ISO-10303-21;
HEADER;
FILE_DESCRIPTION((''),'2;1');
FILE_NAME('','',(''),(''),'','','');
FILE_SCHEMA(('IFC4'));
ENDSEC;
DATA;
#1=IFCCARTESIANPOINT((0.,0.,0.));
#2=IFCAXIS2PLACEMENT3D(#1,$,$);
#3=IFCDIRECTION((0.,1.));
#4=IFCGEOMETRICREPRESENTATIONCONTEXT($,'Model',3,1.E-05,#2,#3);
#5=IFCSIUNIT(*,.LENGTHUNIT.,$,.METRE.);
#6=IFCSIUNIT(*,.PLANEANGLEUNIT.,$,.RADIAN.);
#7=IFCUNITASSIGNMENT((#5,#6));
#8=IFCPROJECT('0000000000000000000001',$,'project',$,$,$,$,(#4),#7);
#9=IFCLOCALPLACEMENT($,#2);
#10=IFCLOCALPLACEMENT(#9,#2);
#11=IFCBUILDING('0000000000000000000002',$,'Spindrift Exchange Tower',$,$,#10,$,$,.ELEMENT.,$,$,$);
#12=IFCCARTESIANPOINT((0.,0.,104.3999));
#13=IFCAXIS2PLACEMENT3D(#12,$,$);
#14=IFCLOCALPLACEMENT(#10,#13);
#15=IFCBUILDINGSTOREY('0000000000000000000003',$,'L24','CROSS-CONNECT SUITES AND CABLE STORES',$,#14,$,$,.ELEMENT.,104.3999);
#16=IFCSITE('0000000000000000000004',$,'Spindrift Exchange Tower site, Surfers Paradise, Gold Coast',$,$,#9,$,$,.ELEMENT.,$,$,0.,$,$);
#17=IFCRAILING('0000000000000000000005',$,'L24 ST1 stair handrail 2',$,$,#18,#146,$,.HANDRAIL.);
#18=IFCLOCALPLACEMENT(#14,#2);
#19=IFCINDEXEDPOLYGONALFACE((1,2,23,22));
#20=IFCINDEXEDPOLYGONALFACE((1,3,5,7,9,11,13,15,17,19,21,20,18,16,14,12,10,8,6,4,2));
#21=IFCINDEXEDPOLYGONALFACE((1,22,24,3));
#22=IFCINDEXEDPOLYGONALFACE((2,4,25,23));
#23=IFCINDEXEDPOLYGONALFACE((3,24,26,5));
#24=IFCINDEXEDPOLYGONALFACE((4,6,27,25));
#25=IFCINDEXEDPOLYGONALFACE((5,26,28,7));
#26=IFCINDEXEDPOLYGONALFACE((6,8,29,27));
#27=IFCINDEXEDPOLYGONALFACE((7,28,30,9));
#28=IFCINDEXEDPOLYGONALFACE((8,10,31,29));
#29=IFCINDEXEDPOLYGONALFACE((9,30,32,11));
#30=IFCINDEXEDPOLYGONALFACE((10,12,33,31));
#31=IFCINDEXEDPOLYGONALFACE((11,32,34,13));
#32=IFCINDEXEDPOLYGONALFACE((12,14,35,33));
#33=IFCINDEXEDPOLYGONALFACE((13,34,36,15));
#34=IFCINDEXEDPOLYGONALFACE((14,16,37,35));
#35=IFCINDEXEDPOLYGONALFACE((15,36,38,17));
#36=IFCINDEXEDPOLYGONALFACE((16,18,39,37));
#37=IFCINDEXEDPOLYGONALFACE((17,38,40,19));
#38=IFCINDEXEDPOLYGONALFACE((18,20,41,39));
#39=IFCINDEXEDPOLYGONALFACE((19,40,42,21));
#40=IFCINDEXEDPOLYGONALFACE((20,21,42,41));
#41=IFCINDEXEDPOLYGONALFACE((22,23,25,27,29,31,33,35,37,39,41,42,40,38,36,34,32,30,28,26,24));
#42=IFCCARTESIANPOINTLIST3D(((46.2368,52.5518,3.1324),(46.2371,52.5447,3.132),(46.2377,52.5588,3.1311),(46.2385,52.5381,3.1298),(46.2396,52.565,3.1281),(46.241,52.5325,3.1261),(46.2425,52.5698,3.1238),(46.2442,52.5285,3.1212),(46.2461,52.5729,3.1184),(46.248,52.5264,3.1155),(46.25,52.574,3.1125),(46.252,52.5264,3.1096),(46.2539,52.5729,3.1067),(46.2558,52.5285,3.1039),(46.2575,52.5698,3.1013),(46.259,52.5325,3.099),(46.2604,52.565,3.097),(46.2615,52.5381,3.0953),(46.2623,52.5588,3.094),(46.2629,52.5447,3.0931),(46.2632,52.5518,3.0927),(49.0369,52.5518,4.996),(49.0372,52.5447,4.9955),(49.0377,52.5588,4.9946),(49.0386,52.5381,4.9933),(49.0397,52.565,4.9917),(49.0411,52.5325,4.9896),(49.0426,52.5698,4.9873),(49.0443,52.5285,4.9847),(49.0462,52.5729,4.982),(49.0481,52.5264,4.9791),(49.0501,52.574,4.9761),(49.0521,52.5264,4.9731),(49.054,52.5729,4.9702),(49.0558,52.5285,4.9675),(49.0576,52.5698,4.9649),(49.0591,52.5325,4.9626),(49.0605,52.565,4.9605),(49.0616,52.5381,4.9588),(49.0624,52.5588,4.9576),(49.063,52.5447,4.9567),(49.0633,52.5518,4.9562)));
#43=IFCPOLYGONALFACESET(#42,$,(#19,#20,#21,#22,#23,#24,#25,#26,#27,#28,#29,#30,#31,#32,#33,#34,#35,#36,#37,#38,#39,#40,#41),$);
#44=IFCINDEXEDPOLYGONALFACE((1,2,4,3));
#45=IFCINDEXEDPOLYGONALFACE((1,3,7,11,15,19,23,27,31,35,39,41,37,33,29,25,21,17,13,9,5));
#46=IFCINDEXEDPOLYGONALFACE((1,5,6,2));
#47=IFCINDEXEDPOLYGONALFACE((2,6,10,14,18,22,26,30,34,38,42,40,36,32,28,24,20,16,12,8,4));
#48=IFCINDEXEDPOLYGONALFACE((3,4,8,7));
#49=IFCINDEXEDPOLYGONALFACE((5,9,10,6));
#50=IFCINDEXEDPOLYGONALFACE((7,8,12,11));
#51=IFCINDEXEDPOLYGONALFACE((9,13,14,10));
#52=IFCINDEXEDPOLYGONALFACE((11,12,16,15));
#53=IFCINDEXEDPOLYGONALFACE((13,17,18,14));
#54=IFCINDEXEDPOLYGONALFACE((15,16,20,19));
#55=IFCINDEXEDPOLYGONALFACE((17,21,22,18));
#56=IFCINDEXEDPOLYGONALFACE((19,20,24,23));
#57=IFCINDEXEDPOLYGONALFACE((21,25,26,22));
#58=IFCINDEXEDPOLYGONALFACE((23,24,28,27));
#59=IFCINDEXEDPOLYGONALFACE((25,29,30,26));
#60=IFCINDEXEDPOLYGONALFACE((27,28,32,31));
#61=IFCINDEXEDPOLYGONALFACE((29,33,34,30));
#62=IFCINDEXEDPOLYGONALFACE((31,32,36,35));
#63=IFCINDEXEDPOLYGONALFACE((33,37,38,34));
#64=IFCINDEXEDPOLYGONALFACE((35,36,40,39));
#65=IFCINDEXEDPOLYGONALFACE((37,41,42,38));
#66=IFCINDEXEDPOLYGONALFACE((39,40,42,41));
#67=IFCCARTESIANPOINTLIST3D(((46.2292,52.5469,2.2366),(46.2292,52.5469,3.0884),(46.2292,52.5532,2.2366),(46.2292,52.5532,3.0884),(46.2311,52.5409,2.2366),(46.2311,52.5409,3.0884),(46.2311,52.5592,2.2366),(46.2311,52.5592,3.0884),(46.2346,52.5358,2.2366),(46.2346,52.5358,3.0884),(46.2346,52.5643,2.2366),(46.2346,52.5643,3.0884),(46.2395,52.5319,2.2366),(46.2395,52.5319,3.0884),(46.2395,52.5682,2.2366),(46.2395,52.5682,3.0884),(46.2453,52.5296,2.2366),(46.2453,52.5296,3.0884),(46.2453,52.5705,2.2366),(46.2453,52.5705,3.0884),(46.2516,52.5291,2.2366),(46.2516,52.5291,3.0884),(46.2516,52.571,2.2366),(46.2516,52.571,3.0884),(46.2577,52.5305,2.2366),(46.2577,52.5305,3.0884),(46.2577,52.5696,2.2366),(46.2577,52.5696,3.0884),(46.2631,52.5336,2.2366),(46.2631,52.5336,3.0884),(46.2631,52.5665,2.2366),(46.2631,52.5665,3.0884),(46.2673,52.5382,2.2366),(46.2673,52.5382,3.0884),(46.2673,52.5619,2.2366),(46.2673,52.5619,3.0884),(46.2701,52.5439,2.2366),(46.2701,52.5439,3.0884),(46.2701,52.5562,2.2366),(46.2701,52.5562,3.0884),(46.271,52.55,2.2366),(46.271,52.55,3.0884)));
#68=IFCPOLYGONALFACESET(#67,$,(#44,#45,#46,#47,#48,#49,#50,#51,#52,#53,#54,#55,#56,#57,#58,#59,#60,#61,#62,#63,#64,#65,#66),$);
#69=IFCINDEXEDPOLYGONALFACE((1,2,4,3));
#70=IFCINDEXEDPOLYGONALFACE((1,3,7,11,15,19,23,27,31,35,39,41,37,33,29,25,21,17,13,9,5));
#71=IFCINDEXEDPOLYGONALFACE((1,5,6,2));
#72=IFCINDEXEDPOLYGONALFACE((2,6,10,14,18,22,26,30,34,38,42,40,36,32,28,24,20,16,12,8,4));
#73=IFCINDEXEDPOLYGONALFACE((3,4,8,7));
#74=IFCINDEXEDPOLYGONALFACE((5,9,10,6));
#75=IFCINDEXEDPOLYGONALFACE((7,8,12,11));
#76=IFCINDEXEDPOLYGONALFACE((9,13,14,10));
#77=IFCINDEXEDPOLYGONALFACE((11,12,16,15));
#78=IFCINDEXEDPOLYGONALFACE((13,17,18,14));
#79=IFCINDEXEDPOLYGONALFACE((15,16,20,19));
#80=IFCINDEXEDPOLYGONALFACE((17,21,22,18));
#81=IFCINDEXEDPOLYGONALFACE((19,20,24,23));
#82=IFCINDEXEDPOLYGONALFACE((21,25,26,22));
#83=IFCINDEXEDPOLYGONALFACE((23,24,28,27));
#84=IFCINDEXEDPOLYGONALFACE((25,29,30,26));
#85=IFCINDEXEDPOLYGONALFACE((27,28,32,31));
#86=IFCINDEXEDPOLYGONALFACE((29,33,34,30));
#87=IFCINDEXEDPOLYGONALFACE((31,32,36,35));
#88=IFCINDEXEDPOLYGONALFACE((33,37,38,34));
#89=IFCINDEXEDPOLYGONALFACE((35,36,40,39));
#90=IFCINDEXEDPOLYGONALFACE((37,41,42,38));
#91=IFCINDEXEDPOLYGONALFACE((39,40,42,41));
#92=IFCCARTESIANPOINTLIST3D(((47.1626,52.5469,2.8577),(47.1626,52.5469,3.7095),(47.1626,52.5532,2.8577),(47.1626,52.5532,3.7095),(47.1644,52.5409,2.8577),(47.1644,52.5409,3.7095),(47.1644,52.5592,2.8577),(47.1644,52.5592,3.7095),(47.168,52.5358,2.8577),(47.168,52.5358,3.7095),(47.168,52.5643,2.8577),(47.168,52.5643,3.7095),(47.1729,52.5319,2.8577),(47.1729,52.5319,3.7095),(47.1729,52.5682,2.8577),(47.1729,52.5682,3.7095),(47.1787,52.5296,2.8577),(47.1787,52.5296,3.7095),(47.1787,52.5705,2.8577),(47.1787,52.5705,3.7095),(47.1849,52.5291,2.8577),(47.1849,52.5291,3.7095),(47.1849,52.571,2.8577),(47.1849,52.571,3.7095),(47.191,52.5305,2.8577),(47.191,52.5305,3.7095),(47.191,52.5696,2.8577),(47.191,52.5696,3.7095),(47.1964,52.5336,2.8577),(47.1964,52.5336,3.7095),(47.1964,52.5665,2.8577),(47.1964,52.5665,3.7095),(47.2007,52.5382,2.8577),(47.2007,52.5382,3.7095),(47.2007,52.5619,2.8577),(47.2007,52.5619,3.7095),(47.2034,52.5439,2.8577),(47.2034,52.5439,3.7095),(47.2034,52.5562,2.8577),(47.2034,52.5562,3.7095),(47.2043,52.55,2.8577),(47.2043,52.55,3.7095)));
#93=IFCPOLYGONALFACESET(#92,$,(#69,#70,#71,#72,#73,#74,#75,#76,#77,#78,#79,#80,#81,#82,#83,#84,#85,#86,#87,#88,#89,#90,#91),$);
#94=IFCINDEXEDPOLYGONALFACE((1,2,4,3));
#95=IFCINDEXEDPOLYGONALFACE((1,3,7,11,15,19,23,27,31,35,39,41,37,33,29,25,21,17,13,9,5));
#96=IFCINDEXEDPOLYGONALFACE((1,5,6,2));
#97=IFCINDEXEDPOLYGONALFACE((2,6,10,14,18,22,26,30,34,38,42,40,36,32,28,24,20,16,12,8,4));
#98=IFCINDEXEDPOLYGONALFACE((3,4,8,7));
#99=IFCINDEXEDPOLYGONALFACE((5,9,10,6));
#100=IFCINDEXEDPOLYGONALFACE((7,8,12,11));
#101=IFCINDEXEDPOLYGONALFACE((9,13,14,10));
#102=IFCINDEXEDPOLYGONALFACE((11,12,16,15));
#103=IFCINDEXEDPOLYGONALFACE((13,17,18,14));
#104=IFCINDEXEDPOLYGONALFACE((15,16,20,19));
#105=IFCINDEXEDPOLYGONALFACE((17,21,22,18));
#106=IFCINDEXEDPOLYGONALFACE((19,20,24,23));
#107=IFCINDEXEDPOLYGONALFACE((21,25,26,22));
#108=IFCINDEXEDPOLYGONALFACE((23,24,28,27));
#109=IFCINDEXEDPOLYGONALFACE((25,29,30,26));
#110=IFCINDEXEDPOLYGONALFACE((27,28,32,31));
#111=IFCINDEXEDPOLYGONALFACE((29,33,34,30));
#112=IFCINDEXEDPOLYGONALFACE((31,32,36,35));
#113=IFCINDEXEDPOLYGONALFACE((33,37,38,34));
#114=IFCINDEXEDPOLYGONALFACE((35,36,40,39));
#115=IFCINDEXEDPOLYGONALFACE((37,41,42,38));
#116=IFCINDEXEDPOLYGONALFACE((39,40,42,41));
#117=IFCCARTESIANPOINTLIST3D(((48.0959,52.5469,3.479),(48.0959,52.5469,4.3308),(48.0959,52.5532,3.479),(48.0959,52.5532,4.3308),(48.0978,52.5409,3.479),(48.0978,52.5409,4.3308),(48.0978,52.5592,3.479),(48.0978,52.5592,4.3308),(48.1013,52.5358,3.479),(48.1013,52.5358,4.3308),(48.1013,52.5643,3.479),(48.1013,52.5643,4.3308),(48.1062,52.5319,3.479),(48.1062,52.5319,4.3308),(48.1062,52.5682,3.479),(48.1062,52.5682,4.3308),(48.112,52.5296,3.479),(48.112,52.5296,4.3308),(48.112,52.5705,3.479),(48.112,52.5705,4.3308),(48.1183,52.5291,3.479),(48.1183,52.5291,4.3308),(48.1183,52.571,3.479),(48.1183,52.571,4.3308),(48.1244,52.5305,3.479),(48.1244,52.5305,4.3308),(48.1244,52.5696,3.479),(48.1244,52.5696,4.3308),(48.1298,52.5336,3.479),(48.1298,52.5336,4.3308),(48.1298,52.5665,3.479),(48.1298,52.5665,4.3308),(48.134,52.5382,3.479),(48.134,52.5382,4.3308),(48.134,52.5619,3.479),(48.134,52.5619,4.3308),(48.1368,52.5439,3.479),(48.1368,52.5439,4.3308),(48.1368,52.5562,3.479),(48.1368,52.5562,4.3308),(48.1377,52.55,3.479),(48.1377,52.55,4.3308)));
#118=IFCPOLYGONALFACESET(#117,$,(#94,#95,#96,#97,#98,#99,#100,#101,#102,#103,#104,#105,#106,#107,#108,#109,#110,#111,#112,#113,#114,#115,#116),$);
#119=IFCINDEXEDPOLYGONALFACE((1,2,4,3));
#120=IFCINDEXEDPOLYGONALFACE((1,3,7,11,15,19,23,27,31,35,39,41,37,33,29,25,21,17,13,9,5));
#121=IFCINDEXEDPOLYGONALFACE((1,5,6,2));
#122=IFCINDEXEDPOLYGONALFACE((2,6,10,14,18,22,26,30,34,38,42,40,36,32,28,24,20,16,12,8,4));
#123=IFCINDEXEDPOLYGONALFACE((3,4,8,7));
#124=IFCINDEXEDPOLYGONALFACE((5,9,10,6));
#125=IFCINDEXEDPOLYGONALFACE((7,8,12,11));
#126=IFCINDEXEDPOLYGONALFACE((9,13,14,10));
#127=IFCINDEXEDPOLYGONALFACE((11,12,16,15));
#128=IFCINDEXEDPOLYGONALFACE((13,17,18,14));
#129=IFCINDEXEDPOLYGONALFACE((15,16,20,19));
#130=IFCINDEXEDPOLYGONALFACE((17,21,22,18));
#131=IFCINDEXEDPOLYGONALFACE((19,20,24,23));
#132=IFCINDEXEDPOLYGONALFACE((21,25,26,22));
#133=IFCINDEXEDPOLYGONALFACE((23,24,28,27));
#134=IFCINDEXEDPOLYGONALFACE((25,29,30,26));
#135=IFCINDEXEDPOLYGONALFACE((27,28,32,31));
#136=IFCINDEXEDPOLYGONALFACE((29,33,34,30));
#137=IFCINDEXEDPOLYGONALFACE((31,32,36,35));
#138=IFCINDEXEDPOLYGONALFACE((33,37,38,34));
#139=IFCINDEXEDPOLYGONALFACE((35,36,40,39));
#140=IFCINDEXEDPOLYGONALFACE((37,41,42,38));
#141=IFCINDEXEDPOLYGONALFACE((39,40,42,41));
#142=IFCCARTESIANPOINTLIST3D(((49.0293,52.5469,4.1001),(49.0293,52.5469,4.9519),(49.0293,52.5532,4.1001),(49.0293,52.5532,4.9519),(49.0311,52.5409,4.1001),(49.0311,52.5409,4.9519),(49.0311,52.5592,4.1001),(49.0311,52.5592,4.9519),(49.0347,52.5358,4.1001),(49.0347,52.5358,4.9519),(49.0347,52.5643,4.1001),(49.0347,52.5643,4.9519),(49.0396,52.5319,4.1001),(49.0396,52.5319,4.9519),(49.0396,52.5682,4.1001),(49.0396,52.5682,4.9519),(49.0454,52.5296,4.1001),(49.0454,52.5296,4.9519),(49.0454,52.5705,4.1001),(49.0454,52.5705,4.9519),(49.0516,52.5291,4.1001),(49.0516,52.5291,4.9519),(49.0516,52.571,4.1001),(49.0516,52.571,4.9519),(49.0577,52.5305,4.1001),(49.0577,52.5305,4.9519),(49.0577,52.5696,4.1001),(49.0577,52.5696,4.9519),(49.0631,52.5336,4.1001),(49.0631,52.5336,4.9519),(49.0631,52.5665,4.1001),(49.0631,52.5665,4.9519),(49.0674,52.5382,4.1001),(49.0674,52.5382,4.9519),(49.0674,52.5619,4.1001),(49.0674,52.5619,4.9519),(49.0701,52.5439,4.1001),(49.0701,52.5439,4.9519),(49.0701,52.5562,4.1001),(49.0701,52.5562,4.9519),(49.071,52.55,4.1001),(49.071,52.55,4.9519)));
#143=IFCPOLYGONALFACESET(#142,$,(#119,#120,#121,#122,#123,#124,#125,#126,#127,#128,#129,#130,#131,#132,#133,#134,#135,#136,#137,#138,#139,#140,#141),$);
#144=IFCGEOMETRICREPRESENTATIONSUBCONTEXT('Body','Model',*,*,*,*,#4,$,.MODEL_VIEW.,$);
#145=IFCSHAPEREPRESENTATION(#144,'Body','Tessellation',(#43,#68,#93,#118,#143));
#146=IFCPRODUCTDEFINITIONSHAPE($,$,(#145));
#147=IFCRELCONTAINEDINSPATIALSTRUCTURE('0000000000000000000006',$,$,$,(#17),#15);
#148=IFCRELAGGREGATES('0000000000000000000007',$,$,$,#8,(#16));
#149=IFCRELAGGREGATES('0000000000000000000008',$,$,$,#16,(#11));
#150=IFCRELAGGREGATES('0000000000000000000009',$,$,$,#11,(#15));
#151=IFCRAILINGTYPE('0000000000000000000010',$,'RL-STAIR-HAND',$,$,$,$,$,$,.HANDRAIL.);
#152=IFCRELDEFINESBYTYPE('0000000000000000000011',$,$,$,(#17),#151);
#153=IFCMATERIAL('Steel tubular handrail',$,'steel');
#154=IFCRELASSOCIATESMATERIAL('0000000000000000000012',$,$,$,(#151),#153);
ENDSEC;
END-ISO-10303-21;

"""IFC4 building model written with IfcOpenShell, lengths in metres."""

from ifc_helpers import new_model, si_unit, direction, frame, origin, origin_2d, place, context, subcontext, project, spatial, circle, extrude, material, type_object, element, save


model = new_model("IFC4")

# Units and contexts
model_context = context("Model", 3, precision=1e-05, world=origin(), true_north=direction((0.0, 1.0)))
body_context = subcontext(model_context, "Body", "Model", "MODEL_VIEW")
ifc_project = project(units=[si_unit("LENGTHUNIT", "METRE"), si_unit("PLANEANGLEUNIT", "RADIAN")], contexts=[model_context])

# Site, building, storey
site_placement = place(None, origin())
site = spatial("IfcSite", under=ifc_project, at=site_placement, Name="Spindrift Exchange Tower site, Surfers Paradise, Gold Coast", CompositionType="ELEMENT", RefElevation=0.0)
building_placement = place(site_placement, origin())
building = spatial("IfcBuilding", under=site, at=building_placement, Name="Spindrift Exchange Tower", CompositionType="ELEMENT")
storey_placement = place(building_placement, frame((0.0, 0.0, 104.3999)))
storey = spatial("IfcBuildingStorey", under=building, at=storey_placement, Name="L24", Description="CROSS-CONNECT SUITES AND CABLE STORES", CompositionType="ELEMENT", Elevation=104.3999)

# Railing
ifc_material_1 = material(Name="Steel tubular handrail", Category="steel")
railing_type_1 = type_object("IfcRailingType", Name="RL-STAIR-HAND", PredefinedType="HANDRAIL", material=ifc_material_1)
railing_1_placement = place(storey_placement, frame((46.25, 52.55, 2.2366)))
element("IfcRailing", 1, at=railing_1_placement, inside=storey, type_object=railing_type_1, Name="L24 ST1 stair handrail 2", PredefinedType="HANDRAIL", context=body_context, shape_type="SweptSolid", body=[
    extrude(circle(Radius=0.0239, at=origin_2d()), frame((0.0, 0.0, 0.876), z_axis=(0.832486, 0.0, 0.554047), x_axis=(0.0, 1.0, 0.0)), (0.0, 0.0, 1.0), 3.3635),
    extrude(circle(Radius=0.021, at=origin_2d()), origin(), (0.0, 0.0, 1.0), 0.8518),
    extrude(circle(Radius=0.021, at=origin_2d()), frame((0.9333, 0.0, 0.6211)), (0.0, 0.0, 1.0), 0.8518),
    extrude(circle(Radius=0.021, at=origin_2d()), frame((1.8667, 0.0, 1.2424)), (0.0, 0.0, 1.0), 0.8518),
    extrude(circle(Radius=0.021, at=origin_2d()), frame((2.8, 0.0, 1.8635)), (0.0, 0.0, 1.0), 0.8518),
])

save(model, "model.ifc")
